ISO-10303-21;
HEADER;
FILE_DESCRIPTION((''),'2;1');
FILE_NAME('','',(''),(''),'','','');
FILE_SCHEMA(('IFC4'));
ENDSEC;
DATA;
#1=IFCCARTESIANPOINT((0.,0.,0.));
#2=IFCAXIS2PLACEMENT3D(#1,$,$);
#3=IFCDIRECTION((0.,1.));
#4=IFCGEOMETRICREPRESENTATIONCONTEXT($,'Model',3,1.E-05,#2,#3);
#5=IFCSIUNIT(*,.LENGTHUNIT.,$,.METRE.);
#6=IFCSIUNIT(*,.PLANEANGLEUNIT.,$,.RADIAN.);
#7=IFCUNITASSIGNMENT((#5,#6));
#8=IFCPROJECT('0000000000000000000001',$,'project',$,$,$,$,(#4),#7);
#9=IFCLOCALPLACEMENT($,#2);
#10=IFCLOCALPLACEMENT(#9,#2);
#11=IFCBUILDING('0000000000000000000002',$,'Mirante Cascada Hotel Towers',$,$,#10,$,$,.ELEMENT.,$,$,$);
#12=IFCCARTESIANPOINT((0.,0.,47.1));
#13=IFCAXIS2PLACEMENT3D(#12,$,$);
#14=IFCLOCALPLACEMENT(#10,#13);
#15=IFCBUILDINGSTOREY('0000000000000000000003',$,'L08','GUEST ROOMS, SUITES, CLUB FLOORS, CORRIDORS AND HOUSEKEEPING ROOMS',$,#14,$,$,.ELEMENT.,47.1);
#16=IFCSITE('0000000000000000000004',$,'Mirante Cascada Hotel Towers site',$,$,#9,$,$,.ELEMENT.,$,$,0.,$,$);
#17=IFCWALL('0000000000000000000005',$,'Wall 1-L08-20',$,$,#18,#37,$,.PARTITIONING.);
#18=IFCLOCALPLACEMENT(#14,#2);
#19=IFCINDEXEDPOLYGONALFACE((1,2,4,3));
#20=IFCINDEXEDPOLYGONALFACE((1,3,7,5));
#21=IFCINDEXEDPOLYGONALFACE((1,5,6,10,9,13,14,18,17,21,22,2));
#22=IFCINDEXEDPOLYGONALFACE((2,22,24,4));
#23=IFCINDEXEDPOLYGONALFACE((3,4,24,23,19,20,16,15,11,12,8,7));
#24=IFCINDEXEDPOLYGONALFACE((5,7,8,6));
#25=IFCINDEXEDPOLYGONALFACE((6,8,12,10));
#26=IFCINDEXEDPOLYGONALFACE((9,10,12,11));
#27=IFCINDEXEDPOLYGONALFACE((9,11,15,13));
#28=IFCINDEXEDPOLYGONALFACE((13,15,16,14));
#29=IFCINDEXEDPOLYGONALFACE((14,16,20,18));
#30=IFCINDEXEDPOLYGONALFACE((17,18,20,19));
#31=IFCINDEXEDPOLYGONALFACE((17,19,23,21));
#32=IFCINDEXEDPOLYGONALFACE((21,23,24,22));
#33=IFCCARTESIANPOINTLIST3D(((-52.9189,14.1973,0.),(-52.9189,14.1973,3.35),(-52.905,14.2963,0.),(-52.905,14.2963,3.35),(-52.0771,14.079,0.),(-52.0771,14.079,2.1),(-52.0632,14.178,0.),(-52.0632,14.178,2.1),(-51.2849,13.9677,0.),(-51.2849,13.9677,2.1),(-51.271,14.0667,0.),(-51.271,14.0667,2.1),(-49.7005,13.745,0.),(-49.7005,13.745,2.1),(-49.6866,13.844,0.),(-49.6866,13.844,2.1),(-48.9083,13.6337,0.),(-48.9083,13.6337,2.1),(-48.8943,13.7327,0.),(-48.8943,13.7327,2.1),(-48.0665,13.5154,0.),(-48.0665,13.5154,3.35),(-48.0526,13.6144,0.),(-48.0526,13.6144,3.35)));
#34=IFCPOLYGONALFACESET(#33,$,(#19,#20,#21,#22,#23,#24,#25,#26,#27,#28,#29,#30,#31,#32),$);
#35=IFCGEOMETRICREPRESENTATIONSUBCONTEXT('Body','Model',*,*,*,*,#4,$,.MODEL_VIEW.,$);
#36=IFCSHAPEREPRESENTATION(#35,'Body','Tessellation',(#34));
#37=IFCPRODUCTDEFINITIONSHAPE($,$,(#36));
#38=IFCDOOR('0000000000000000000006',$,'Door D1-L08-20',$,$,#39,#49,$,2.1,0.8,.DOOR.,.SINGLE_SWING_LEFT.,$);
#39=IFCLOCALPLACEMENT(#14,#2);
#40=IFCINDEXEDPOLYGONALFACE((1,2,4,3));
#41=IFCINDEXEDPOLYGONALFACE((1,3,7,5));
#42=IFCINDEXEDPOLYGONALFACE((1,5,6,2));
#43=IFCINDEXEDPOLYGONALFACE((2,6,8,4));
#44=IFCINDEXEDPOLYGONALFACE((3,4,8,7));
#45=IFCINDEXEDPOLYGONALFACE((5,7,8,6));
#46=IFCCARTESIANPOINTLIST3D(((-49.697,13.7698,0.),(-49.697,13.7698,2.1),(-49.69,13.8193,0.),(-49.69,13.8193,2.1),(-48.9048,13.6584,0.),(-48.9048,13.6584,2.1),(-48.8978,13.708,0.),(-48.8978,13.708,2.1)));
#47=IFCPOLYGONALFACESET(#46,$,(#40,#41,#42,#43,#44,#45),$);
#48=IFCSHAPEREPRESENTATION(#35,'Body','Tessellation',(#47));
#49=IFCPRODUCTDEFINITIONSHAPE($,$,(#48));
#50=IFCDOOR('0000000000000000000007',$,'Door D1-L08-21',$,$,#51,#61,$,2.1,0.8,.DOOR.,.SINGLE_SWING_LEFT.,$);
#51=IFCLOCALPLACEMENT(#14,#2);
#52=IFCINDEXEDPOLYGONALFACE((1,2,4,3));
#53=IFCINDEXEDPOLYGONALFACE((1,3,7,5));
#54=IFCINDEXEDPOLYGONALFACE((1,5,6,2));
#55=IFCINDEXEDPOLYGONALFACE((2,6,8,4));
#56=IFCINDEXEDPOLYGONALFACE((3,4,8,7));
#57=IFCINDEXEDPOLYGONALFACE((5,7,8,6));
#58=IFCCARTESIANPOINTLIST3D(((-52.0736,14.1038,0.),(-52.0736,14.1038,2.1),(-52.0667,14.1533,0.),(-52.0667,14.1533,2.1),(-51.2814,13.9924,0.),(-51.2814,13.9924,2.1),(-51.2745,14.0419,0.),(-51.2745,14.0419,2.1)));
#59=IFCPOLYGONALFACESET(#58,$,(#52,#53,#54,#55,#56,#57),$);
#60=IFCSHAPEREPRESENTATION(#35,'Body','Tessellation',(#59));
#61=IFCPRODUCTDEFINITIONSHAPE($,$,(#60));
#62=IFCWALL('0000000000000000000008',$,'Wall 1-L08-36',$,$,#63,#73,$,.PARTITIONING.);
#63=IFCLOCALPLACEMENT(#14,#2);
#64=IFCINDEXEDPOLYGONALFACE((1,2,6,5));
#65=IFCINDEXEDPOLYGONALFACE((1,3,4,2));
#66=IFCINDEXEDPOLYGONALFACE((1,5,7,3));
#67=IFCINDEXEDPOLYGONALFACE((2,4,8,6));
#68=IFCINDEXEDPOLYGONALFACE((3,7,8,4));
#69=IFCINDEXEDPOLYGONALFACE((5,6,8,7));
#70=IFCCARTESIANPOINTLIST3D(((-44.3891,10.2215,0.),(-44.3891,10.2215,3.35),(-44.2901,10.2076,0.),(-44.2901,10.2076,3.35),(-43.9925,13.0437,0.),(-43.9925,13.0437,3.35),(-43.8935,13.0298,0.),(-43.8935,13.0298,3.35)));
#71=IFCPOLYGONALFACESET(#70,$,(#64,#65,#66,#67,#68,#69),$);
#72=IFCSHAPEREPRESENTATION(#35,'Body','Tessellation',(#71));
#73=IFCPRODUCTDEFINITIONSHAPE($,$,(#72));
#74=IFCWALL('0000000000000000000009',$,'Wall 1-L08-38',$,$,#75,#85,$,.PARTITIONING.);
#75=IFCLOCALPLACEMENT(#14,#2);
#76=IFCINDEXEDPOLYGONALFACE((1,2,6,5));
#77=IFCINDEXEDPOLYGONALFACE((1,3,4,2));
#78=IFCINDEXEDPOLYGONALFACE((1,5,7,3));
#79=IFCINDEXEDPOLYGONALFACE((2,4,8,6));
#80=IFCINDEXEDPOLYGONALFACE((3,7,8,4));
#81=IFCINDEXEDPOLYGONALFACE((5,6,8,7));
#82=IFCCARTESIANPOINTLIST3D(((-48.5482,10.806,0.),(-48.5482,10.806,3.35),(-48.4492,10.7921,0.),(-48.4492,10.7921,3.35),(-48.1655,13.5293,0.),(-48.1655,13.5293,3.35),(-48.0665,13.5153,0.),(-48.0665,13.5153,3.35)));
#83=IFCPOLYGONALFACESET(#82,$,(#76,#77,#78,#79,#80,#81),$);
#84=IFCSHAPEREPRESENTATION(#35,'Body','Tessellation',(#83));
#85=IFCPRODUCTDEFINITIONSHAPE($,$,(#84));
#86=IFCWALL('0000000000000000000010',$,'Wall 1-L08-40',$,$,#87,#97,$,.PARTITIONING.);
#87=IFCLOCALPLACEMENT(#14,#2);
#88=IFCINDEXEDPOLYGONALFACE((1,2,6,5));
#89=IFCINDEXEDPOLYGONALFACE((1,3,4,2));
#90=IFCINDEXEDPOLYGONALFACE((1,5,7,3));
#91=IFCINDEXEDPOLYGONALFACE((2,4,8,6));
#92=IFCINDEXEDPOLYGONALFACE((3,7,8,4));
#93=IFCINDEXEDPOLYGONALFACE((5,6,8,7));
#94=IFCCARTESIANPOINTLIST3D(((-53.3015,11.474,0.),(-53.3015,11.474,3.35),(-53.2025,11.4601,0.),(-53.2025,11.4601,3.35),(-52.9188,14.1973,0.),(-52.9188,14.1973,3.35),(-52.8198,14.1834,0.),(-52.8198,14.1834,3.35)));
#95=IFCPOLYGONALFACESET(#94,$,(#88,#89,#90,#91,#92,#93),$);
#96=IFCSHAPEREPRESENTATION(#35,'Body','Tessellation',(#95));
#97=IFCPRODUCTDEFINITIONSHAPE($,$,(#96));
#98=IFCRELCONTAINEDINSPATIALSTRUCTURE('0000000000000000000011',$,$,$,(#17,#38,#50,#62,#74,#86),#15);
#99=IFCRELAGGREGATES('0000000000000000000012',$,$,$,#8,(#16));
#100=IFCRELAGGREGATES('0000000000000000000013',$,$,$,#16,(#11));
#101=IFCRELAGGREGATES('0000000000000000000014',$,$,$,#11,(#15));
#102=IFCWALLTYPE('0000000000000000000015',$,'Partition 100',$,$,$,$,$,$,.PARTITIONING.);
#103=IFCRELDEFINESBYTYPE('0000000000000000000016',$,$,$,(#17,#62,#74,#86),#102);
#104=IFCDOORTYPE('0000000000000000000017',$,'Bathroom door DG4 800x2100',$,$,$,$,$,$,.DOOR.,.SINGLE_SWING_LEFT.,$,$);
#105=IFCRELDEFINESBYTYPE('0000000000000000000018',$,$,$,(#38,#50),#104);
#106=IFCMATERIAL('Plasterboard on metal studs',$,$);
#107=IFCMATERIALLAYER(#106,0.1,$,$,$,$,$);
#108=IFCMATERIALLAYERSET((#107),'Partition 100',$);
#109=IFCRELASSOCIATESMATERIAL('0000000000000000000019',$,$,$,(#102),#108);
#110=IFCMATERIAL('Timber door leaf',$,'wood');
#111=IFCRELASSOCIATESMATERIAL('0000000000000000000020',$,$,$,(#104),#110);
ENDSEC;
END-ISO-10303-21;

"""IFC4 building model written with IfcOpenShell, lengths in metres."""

from ifc_helpers import new_model, si_unit, direction, frame, frame_2d, origin, place, context, subcontext, project, spatial, rectangle, extrude, material, layer, layer_set, type_object, element, fill, save


model = new_model("IFC4")

# Units and contexts
model_context = context("Model", 3, precision=1e-05, world=origin(), true_north=direction((0.0, 1.0)))
body_context = subcontext(model_context, "Body", "Model", "MODEL_VIEW")
ifc_project = project(units=[si_unit("LENGTHUNIT", "METRE"), si_unit("PLANEANGLEUNIT", "RADIAN")], contexts=[model_context])

# Site, building, storey
site_placement = place(None, origin())
site = spatial("IfcSite", under=ifc_project, at=site_placement, Name="Mirante Cascada Hotel Towers site", CompositionType="ELEMENT", RefElevation=0.0)
building_placement = place(site_placement, origin())
building = spatial("IfcBuilding", under=site, at=building_placement, Name="Mirante Cascada Hotel Towers", CompositionType="ELEMENT")
storey_placement = place(building_placement, frame((0.0, 0.0, 47.1)))
storey = spatial("IfcBuildingStorey", under=building, at=storey_placement, Name="L08", Description="GUEST ROOMS, SUITES, CLUB FLOORS, CORRIDORS AND HOUSEKEEPING ROOMS", CompositionType="ELEMENT", Elevation=47.1)

# Shared definitions
ifc_material_1 = material(Name="Plasterboard on metal studs")
ifc_layer_1 = layer(ifc_material_1, 0.1)
ifc_layer_set_1 = layer_set([ifc_layer_1], Name="Partition 100")
wall_type_1 = type_object("IfcWallType", Name="Partition 100", PredefinedType="PARTITIONING", material=ifc_layer_set_1)
ifc_material_2 = material(Name="Timber door leaf", Category="wood")
door_type = type_object("IfcDoorType", Name="Bathroom door DG4 800x2100", OperationType="SINGLE_SWING_LEFT", PredefinedType="DOOR", material=ifc_material_2)

# Wall, openings, doors
wall_1_placement = place(storey_placement, frame((-52.9119, 14.2468, 0.0), z_axis=(0.0, 0.0, 1.0), x_axis=(0.99027, -0.139161, 0.0)))
wall_1 = element("IfcWall", 1, at=wall_1_placement, inside=storey, type_object=wall_type_1, Name="Wall 1-L08-20", PredefinedType="PARTITIONING", context=body_context, shape_type="SweptSolid", body=[
    extrude(rectangle(XDim=4.9001, YDim=0.1, at=frame_2d((2.45, 0.0))), origin(), (0.0, 0.0, 1.0), 3.35),
])
opening_1_placement = place(wall_1_placement, frame((3.25, 0.0, 0.0)))
opening_1 = element("IfcOpeningElement", 2, at=opening_1_placement, cuts=wall_1, PredefinedType="OPENING", context=body_context, shape_type="SweptSolid", body=[
    extrude(rectangle(XDim=0.8, YDim=2.1, at=frame_2d((0.4, 1.05))), frame((0.0, 0.05, 0.0), z_axis=(0.0, -1.0, 0.0), x_axis=(1.0, 0.0, 0.0)), (0.0, 0.0, 1.0), 0.1),
])
opening_2_placement = place(wall_1_placement, frame((0.85, 0.0, 0.0)))
opening_2 = element("IfcOpeningElement", 3, at=opening_2_placement, cuts=wall_1, PredefinedType="OPENING", context=body_context, shape_type="SweptSolid", body=[
    extrude(rectangle(XDim=0.8, YDim=2.1, at=frame_2d((0.4, 1.05))), frame((0.0, 0.05, 0.0), z_axis=(0.0, -1.0, 0.0), x_axis=(1.0, 0.0, 0.0)), (0.0, 0.0, 1.0), 0.1),
])
door_1_placement = place(opening_1_placement, origin())
door_1 = element("IfcDoor", 4, at=door_1_placement, inside=storey, type_object=door_type, Name="Door D1-L08-20", OperationType="SINGLE_SWING_LEFT", OverallHeight=2.1, OverallWidth=0.8, PredefinedType="DOOR", context=body_context, shape_type="SweptSolid", body=[
    extrude(rectangle(XDim=0.8, YDim=2.1, at=frame_2d((0.4, 1.05))), frame((0.0, 0.025, 0.0), z_axis=(0.0, -1.0, 0.0), x_axis=(1.0, 0.0, 0.0)), (0.0, 0.0, 1.0), 0.05),
])
fill(opening_1, door_1)
door_2_placement = place(opening_2_placement, origin())
door_2 = element("IfcDoor", 5, at=door_2_placement, inside=storey, type_object=door_type, Name="Door D1-L08-21", OperationType="SINGLE_SWING_LEFT", OverallHeight=2.1, OverallWidth=0.8, PredefinedType="DOOR", context=body_context, shape_type="SweptSolid", body=[
    extrude(rectangle(XDim=0.8, YDim=2.1, at=frame_2d((0.4, 1.05))), frame((0.0, 0.025, 0.0), z_axis=(0.0, -1.0, 0.0), x_axis=(1.0, 0.0, 0.0)), (0.0, 0.0, 1.0), 0.05),
])
fill(opening_2, door_2)

# Walls
wall_2_placement = place(storey_placement, frame((-43.943, 13.0368, 0.0), z_axis=(0.0, 0.0, 1.0), x_axis=(-0.139161, -0.99027, 0.0)))
element("IfcWall", 6, at=wall_2_placement, inside=storey, type_object=wall_type_1, Name="Wall 1-L08-36", PredefinedType="PARTITIONING", context=body_context, shape_type="SweptSolid", body=[
    extrude(rectangle(XDim=2.8499, YDim=0.1, at=frame_2d((1.425, 0.0))), origin(), (0.0, 0.0, 1.0), 3.35),
])
wall_3_placement = place(storey_placement, frame((-48.116, 13.5223, 0.0), z_axis=(0.0, 0.0, 1.0), x_axis=(-0.139166, -0.990269, 0.0)))
element("IfcWall", 7, at=wall_3_placement, inside=storey, type_object=wall_type_1, Name="Wall 1-L08-38", PredefinedType="PARTITIONING", context=body_context, shape_type="SweptSolid", body=[
    extrude(rectangle(XDim=2.75, YDim=0.1, at=frame_2d((1.375, 0.0))), origin(), (0.0, 0.0, 1.0), 3.35),
])
wall_4_placement = place(storey_placement, frame((-52.8693, 14.1904, 0.0), z_axis=(0.0, 0.0, 1.0), x_axis=(-0.139161, -0.99027, 0.0)))
element("IfcWall", 8, at=wall_4_placement, inside=storey, type_object=wall_type_1, Name="Wall 1-L08-40", PredefinedType="PARTITIONING", context=body_context, shape_type="SweptSolid", body=[
    extrude(rectangle(XDim=2.7501, YDim=0.1, at=frame_2d((1.3751, 0.0))), origin(), (0.0, 0.0, 1.0), 3.35),
])

save(model, "model.ifc")
